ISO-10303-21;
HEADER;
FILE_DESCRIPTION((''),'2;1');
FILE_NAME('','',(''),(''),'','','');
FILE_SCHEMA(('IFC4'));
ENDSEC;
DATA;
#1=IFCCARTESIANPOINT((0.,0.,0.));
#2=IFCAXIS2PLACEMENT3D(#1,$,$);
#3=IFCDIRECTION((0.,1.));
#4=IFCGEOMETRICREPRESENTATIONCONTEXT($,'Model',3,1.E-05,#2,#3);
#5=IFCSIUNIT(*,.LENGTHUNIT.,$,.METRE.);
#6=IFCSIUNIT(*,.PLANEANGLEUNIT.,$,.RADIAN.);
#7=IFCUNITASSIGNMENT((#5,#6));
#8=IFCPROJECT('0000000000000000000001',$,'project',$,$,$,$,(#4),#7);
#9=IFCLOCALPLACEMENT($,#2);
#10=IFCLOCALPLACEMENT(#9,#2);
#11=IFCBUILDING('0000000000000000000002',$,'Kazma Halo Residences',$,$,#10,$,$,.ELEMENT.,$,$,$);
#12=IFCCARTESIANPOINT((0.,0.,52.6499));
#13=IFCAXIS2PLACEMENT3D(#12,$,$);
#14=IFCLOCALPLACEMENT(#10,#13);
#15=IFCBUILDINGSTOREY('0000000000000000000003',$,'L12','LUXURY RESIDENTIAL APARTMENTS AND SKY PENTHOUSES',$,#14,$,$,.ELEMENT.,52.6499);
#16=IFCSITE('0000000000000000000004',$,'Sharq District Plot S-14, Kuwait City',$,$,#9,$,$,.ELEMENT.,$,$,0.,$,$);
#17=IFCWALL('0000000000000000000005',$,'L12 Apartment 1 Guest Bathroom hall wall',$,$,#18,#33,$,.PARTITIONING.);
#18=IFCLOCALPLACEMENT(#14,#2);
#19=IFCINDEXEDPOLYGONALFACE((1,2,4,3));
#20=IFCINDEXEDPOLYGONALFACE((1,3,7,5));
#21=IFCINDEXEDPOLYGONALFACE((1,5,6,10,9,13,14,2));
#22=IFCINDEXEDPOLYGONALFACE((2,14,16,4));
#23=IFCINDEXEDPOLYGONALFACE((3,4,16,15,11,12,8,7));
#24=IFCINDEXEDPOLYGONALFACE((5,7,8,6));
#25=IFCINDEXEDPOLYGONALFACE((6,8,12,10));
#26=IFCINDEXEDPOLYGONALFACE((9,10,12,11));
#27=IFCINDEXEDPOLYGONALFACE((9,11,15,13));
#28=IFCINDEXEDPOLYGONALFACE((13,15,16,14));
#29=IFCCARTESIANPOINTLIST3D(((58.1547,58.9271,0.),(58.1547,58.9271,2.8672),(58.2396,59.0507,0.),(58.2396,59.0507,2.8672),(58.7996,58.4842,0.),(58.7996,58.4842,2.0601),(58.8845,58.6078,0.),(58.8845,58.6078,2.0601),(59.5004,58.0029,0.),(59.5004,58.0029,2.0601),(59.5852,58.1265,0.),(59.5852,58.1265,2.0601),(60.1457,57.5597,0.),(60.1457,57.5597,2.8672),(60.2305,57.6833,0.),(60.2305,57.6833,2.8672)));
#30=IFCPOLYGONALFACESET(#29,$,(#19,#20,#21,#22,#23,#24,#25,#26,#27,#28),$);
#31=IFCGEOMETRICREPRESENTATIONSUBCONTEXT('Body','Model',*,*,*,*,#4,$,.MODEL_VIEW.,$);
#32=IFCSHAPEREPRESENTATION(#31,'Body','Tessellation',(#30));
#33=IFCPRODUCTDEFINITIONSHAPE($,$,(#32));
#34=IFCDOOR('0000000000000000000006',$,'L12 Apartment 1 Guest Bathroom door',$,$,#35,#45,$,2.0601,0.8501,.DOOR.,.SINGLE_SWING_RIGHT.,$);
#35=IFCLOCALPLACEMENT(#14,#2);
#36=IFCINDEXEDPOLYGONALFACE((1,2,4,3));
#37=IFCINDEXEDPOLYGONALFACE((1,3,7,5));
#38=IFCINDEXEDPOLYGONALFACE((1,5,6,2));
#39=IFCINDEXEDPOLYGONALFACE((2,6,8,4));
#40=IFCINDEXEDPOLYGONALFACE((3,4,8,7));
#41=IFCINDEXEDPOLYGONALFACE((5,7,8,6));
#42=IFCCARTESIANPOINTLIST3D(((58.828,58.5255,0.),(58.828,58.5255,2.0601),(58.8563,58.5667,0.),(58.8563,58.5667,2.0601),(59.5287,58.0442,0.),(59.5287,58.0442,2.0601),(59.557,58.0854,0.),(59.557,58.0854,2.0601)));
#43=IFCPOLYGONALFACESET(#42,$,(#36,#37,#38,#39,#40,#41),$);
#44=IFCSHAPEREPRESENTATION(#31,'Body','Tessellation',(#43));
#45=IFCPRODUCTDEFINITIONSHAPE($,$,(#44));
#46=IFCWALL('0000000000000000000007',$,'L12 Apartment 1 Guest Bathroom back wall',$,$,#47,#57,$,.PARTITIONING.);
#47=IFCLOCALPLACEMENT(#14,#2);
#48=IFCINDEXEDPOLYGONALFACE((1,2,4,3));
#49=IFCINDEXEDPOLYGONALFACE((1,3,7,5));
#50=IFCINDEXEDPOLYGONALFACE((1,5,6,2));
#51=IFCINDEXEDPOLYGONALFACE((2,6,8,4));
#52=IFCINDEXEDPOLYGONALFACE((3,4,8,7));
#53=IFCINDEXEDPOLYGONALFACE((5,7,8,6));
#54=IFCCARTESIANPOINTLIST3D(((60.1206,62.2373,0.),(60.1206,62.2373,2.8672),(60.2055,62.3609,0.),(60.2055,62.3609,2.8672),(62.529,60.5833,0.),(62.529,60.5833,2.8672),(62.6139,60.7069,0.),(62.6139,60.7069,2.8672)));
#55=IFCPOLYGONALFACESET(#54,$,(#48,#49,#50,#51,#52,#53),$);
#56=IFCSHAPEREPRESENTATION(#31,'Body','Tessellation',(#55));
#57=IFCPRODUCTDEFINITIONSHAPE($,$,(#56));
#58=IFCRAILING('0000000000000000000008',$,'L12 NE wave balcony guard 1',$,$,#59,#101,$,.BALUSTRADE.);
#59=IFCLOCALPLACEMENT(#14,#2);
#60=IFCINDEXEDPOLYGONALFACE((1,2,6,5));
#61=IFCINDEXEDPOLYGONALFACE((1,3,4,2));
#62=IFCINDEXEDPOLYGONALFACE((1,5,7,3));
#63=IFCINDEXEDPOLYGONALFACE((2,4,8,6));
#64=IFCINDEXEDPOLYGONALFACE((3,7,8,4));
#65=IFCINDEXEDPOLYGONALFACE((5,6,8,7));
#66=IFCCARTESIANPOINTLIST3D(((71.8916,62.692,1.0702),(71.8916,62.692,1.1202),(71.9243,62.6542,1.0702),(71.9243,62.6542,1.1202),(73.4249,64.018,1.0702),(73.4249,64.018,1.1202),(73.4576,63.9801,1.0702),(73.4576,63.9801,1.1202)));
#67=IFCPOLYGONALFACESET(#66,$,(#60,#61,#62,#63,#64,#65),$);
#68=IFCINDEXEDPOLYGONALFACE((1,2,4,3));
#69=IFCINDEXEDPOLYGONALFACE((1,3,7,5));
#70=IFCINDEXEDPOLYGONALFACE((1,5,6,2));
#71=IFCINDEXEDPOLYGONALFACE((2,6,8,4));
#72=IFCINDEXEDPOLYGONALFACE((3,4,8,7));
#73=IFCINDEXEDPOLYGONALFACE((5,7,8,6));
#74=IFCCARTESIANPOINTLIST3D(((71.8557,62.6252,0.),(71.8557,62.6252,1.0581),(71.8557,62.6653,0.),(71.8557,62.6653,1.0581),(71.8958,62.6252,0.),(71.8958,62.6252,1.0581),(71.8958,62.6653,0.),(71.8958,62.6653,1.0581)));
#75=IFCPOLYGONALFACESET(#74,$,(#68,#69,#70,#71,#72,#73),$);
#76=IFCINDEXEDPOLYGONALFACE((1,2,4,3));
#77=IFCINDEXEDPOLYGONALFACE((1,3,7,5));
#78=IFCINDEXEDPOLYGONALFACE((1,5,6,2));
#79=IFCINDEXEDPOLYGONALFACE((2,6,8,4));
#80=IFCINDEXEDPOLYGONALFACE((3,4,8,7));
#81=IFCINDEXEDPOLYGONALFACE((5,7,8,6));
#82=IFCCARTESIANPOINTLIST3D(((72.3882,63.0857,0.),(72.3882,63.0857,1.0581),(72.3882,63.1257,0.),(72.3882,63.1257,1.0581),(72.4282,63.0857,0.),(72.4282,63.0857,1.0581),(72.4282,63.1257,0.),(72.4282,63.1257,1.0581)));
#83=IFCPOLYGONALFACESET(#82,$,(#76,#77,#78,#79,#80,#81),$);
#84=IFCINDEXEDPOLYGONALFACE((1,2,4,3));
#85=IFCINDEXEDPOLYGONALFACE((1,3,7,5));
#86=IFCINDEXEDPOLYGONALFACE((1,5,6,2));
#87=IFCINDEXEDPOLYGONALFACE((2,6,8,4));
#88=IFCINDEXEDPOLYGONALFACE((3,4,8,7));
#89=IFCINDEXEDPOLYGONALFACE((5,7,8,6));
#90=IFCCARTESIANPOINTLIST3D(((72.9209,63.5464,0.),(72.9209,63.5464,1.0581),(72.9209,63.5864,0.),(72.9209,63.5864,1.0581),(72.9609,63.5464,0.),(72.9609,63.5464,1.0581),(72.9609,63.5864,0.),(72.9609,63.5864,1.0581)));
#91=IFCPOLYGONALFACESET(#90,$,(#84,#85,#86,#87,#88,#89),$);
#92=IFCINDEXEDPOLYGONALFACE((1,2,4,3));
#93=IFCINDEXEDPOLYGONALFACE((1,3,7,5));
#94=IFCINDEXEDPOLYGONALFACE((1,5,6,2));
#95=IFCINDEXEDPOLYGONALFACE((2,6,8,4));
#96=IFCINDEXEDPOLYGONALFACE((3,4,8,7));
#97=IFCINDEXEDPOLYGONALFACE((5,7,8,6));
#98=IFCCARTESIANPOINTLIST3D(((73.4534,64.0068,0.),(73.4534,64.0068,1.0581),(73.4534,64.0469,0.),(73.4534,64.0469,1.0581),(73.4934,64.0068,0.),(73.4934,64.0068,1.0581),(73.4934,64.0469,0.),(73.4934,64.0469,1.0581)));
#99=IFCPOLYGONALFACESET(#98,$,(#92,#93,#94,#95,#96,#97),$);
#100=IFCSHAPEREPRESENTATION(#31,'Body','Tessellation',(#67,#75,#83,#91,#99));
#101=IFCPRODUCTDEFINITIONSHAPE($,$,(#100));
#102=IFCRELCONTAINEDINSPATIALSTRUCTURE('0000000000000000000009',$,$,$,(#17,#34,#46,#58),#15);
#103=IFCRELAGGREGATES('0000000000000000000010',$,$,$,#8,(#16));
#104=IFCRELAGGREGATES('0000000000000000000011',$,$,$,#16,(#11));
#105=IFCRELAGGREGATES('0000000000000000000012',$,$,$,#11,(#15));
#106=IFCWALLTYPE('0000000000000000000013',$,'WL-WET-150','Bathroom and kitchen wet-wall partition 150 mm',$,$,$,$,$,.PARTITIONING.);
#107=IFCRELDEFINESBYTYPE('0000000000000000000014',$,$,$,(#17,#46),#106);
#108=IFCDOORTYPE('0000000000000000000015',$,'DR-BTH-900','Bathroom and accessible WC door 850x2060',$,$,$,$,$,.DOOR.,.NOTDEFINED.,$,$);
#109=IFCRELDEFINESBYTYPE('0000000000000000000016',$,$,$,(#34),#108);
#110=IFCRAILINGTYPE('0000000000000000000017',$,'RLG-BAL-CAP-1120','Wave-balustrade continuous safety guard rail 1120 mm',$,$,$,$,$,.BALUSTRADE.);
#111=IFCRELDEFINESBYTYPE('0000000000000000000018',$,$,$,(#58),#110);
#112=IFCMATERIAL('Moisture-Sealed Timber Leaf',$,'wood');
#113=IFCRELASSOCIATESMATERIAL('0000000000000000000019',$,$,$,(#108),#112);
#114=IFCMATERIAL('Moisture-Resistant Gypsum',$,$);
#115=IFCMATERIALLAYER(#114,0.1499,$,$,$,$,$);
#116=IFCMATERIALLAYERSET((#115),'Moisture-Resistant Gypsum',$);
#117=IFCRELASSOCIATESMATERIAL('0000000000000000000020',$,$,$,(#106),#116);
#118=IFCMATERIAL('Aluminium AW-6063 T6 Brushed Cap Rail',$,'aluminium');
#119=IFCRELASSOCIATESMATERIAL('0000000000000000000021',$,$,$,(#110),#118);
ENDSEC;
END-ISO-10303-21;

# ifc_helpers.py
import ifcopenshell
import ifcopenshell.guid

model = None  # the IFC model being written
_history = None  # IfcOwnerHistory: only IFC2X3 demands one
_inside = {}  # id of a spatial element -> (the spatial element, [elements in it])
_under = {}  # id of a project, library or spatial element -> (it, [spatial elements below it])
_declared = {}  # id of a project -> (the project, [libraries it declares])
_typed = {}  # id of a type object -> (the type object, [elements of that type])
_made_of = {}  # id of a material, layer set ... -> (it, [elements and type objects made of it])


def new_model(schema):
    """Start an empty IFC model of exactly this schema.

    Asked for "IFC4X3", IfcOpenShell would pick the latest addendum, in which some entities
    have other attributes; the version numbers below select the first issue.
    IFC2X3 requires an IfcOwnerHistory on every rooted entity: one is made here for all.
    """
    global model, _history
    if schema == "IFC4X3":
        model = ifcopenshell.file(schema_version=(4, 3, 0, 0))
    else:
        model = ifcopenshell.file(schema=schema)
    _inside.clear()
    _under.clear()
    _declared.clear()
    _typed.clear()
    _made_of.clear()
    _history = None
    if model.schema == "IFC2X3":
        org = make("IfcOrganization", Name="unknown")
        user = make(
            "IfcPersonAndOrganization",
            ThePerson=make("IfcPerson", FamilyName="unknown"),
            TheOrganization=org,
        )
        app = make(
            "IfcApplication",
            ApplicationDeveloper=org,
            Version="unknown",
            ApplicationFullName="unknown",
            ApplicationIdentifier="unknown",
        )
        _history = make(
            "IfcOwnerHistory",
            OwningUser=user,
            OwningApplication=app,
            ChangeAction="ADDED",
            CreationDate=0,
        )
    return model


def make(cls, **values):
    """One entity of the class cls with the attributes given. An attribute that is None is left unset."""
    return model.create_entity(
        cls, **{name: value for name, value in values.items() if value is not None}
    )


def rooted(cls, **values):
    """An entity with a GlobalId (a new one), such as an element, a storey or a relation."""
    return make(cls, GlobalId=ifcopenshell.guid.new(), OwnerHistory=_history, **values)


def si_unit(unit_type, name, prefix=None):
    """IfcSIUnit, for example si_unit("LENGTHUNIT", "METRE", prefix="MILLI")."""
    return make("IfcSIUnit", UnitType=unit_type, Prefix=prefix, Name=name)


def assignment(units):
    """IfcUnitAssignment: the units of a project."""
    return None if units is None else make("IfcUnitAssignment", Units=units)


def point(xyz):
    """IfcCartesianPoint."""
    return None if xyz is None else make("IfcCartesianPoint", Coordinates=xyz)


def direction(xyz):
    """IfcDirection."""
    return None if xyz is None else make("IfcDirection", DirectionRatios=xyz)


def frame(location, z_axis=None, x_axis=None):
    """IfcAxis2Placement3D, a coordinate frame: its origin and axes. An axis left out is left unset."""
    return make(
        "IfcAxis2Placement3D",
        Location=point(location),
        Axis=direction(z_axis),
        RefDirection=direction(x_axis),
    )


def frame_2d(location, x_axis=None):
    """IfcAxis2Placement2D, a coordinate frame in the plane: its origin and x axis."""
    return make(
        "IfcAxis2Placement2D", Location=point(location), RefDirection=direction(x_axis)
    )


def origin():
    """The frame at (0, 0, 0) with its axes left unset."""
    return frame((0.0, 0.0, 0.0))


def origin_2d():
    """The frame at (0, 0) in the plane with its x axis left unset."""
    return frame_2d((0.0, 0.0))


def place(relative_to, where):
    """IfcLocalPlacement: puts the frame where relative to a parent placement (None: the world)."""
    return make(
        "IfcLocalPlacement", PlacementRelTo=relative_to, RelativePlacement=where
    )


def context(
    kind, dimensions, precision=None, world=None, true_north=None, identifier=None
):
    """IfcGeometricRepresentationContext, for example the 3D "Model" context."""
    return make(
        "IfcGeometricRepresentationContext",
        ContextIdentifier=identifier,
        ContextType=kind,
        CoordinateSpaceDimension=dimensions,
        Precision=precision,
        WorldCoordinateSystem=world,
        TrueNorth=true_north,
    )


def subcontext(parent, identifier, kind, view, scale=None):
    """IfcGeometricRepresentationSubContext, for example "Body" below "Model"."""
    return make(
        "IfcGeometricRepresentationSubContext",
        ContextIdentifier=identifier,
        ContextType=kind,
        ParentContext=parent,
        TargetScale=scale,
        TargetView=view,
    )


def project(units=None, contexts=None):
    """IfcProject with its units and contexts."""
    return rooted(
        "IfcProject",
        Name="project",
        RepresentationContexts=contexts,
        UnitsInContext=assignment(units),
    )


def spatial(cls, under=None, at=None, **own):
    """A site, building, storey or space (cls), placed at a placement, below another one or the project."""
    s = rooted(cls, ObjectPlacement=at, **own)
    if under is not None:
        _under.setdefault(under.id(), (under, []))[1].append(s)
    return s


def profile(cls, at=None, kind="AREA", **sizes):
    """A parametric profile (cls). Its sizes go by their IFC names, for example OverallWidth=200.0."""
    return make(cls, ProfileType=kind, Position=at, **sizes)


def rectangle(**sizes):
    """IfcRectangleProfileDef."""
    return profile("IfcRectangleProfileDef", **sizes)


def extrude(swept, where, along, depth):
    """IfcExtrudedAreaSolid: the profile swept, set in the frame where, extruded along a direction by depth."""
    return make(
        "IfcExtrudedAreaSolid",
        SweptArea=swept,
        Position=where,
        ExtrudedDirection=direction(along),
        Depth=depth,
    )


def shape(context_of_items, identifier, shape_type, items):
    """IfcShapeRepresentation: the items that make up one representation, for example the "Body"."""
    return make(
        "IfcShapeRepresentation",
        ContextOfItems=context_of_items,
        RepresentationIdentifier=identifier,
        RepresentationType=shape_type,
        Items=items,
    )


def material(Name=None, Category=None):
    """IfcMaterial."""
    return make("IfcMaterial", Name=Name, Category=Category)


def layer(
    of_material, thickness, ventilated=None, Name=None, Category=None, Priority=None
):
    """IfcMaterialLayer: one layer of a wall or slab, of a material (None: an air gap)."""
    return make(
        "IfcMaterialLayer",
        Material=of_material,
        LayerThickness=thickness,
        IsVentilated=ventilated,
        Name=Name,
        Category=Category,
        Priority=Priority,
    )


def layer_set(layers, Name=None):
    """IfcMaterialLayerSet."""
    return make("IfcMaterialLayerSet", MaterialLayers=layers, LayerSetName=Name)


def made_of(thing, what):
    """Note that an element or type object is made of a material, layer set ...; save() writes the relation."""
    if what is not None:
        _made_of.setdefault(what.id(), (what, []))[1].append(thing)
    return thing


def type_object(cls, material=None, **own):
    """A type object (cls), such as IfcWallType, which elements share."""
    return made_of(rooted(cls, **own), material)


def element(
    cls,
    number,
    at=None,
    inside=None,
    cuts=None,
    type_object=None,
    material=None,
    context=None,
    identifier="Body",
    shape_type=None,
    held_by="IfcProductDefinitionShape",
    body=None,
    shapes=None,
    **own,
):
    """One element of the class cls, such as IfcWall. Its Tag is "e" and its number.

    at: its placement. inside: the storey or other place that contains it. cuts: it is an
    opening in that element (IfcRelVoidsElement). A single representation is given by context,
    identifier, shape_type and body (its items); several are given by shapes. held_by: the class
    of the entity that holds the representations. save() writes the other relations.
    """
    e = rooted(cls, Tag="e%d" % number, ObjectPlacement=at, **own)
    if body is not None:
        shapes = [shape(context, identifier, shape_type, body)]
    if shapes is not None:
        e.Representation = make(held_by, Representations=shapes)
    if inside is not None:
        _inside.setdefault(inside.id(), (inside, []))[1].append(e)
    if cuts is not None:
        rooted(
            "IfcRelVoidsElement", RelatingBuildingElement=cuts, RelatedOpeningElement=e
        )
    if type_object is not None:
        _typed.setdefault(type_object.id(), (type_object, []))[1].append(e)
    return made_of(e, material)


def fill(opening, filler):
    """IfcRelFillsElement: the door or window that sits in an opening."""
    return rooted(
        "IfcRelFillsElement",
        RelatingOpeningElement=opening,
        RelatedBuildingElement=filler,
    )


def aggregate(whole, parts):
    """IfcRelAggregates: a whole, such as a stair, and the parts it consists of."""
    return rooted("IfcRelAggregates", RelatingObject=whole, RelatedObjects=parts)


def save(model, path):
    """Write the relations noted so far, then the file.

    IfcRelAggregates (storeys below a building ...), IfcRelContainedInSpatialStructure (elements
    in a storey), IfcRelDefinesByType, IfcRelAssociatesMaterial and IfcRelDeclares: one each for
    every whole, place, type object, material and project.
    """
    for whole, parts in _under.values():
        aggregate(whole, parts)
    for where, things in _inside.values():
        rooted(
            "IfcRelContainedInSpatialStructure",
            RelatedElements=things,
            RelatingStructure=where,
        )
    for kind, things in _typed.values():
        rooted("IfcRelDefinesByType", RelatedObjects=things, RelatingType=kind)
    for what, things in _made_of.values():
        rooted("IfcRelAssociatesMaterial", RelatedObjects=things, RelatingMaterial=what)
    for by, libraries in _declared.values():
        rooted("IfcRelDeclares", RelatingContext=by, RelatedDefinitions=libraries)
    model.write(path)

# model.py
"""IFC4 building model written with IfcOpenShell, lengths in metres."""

from ifc_helpers import new_model, si_unit, direction, frame, frame_2d, origin, origin_2d, place, context, subcontext, project, spatial, rectangle, extrude, material, layer, layer_set, type_object, element, fill, save


model = new_model("IFC4")

# Units and contexts
model_context = context("Model", 3, precision=1e-05, world=origin(), true_north=direction((0.0, 1.0)))
body_context = subcontext(model_context, "Body", "Model", "MODEL_VIEW")
ifc_project = project(units=[si_unit("LENGTHUNIT", "METRE"), si_unit("PLANEANGLEUNIT", "RADIAN")], contexts=[model_context])

# Site, building, storey
site_placement = place(None, origin())
site = spatial("IfcSite", under=ifc_project, at=site_placement, Name="Sharq District Plot S-14, Kuwait City", CompositionType="ELEMENT", RefElevation=0.0)
building_placement = place(site_placement, origin())
building = spatial("IfcBuilding", under=site, at=building_placement, Name="Kazma Halo Residences", CompositionType="ELEMENT")
storey_placement = place(building_placement, frame((0.0, 0.0, 52.6499)))
storey = spatial("IfcBuildingStorey", under=building, at=storey_placement, Name="L12", Description="LUXURY RESIDENTIAL APARTMENTS AND SKY PENTHOUSES", CompositionType="ELEMENT", Elevation=52.6499)

# Wall, opening, door
ifc_material_1 = material(Name="Moisture-Sealed Timber Leaf", Category="wood")
door_type_1 = type_object("IfcDoorType", Name="DR-BTH-900", Description="Bathroom and accessible WC door 850x2060", OperationType="NOTDEFINED", PredefinedType="DOOR", material=ifc_material_1)
ifc_material_2 = material(Name="Moisture-Resistant Gypsum")
ifc_layer_1 = layer(ifc_material_2, 0.1499)
ifc_layer_set_1 = layer_set([ifc_layer_1], Name="Moisture-Resistant Gypsum")
wall_type_1 = type_object("IfcWallType", Name="WL-WET-150", Description="Bathroom and kitchen wet-wall partition 150 mm", PredefinedType="PARTITIONING", material=ifc_layer_set_1)
wall_1_placement = place(storey_placement, frame((60.188, 57.6216, 0.0), z_axis=(0.0, 0.0, 1.0), x_axis=(-0.824304, 0.566147, 0.0)))
wall_1 = element("IfcWall", 1, at=wall_1_placement, inside=storey, type_object=wall_type_1, Name="L12 Apartment 1 Guest Bathroom hall wall", PredefinedType="PARTITIONING", context=body_context, shape_type="SweptSolid", body=[
    extrude(rectangle(XDim=2.4153, YDim=0.1499, at=frame_2d((1.2075, 0.0))), origin(), (0.0, 0.0, 1.0), 2.8672),
])
opening_1_placement = place(wall_1_placement, frame((0.7827, 0.0, 0.0)))
opening_1 = element("IfcOpeningElement", 2, at=opening_1_placement, cuts=wall_1, PredefinedType="OPENING", context=body_context, shape_type="SweptSolid", body=[
    extrude(rectangle(XDim=0.8501, YDim=2.0601, at=frame_2d((0.425, 1.03))), frame((0.0, 0.085, 0.0), z_axis=(0.0, -1.0, 0.0), x_axis=(1.0, 0.0, 0.0)), (0.0, 0.0, 1.0), 0.1699),
])
door_1_placement = place(opening_1_placement, origin())
door_1 = element("IfcDoor", 3, at=door_1_placement, inside=storey, type_object=door_type_1, Name="L12 Apartment 1 Guest Bathroom door", OperationType="SINGLE_SWING_RIGHT", OverallHeight=2.0601, OverallWidth=0.8501, PredefinedType="DOOR", context=body_context, shape_type="SweptSolid", body=[
    extrude(rectangle(XDim=0.8501, YDim=2.0601, at=frame_2d((0.425, 1.03))), frame((0.0, 0.0249, 0.0), z_axis=(0.0, -1.0, 0.0), x_axis=(1.0, 0.0, 0.0)), (0.0, 0.0, 1.0), 0.05),
])
fill(opening_1, door_1)

# Wall
wall_2_placement = place(storey_placement, frame((62.5715, 60.645, 0.0), z_axis=(0.0, 0.0, 1.0), x_axis=(-0.824322, 0.566121, 0.0)))
element("IfcWall", 4, at=wall_2_placement, inside=storey, type_object=wall_type_1, Name="L12 Apartment 1 Guest Bathroom back wall", PredefinedType="PARTITIONING", context=body_context, shape_type="SweptSolid", body=[
    extrude(rectangle(XDim=2.9216, YDim=0.1499, at=frame_2d((1.4609, 0.0))), origin(), (0.0, 0.0, 1.0), 2.8672),
])

# Railing
ifc_material_3 = material(Name="Aluminium AW-6063 T6 Brushed Cap Rail", Category="aluminium")
railing_type = type_object("IfcRailingType", Name="RLG-BAL-CAP-1120", Description="Wave-balustrade continuous safety guard rail 1120 mm", PredefinedType="BALUSTRADE", material=ifc_material_3)
railing_1_placement = place(storey_placement, frame((71.8757, 62.6453, 0.0)))
element("IfcRailing", 5, at=railing_1_placement, inside=storey, type_object=railing_type, Name="L12 NE wave balcony guard 1", PredefinedType="BALUSTRADE", context=body_context, shape_type="SweptSolid", body=[
    extrude(rectangle(XDim=0.05, YDim=0.05, at=origin_2d()), frame((0.0322, 0.0278, 1.0952), z_axis=(0.756402, 0.654107, 0.0), x_axis=(-0.654107, 0.756402, 0.0)), (0.0, 0.0, 1.0), 2.0271),
    extrude(rectangle(XDim=0.04, YDim=0.04, at=origin_2d()), origin(), (0.0, 0.0, 1.0), 1.0581),
    extrude(rectangle(XDim=0.04, YDim=0.04, at=origin_2d()), frame((0.5325, 0.4604, 0.0)), (0.0, 0.0, 1.0), 1.0581),
    extrude(rectangle(XDim=0.04, YDim=0.04, at=origin_2d()), frame((1.0652, 0.9211, 0.0)), (0.0, 0.0, 1.0), 1.0581),
    extrude(rectangle(XDim=0.04, YDim=0.04, at=origin_2d()), frame((1.5977, 1.3816, 0.0)), (0.0, 0.0, 1.0), 1.0581),
])

save(model, "model.ifc")
